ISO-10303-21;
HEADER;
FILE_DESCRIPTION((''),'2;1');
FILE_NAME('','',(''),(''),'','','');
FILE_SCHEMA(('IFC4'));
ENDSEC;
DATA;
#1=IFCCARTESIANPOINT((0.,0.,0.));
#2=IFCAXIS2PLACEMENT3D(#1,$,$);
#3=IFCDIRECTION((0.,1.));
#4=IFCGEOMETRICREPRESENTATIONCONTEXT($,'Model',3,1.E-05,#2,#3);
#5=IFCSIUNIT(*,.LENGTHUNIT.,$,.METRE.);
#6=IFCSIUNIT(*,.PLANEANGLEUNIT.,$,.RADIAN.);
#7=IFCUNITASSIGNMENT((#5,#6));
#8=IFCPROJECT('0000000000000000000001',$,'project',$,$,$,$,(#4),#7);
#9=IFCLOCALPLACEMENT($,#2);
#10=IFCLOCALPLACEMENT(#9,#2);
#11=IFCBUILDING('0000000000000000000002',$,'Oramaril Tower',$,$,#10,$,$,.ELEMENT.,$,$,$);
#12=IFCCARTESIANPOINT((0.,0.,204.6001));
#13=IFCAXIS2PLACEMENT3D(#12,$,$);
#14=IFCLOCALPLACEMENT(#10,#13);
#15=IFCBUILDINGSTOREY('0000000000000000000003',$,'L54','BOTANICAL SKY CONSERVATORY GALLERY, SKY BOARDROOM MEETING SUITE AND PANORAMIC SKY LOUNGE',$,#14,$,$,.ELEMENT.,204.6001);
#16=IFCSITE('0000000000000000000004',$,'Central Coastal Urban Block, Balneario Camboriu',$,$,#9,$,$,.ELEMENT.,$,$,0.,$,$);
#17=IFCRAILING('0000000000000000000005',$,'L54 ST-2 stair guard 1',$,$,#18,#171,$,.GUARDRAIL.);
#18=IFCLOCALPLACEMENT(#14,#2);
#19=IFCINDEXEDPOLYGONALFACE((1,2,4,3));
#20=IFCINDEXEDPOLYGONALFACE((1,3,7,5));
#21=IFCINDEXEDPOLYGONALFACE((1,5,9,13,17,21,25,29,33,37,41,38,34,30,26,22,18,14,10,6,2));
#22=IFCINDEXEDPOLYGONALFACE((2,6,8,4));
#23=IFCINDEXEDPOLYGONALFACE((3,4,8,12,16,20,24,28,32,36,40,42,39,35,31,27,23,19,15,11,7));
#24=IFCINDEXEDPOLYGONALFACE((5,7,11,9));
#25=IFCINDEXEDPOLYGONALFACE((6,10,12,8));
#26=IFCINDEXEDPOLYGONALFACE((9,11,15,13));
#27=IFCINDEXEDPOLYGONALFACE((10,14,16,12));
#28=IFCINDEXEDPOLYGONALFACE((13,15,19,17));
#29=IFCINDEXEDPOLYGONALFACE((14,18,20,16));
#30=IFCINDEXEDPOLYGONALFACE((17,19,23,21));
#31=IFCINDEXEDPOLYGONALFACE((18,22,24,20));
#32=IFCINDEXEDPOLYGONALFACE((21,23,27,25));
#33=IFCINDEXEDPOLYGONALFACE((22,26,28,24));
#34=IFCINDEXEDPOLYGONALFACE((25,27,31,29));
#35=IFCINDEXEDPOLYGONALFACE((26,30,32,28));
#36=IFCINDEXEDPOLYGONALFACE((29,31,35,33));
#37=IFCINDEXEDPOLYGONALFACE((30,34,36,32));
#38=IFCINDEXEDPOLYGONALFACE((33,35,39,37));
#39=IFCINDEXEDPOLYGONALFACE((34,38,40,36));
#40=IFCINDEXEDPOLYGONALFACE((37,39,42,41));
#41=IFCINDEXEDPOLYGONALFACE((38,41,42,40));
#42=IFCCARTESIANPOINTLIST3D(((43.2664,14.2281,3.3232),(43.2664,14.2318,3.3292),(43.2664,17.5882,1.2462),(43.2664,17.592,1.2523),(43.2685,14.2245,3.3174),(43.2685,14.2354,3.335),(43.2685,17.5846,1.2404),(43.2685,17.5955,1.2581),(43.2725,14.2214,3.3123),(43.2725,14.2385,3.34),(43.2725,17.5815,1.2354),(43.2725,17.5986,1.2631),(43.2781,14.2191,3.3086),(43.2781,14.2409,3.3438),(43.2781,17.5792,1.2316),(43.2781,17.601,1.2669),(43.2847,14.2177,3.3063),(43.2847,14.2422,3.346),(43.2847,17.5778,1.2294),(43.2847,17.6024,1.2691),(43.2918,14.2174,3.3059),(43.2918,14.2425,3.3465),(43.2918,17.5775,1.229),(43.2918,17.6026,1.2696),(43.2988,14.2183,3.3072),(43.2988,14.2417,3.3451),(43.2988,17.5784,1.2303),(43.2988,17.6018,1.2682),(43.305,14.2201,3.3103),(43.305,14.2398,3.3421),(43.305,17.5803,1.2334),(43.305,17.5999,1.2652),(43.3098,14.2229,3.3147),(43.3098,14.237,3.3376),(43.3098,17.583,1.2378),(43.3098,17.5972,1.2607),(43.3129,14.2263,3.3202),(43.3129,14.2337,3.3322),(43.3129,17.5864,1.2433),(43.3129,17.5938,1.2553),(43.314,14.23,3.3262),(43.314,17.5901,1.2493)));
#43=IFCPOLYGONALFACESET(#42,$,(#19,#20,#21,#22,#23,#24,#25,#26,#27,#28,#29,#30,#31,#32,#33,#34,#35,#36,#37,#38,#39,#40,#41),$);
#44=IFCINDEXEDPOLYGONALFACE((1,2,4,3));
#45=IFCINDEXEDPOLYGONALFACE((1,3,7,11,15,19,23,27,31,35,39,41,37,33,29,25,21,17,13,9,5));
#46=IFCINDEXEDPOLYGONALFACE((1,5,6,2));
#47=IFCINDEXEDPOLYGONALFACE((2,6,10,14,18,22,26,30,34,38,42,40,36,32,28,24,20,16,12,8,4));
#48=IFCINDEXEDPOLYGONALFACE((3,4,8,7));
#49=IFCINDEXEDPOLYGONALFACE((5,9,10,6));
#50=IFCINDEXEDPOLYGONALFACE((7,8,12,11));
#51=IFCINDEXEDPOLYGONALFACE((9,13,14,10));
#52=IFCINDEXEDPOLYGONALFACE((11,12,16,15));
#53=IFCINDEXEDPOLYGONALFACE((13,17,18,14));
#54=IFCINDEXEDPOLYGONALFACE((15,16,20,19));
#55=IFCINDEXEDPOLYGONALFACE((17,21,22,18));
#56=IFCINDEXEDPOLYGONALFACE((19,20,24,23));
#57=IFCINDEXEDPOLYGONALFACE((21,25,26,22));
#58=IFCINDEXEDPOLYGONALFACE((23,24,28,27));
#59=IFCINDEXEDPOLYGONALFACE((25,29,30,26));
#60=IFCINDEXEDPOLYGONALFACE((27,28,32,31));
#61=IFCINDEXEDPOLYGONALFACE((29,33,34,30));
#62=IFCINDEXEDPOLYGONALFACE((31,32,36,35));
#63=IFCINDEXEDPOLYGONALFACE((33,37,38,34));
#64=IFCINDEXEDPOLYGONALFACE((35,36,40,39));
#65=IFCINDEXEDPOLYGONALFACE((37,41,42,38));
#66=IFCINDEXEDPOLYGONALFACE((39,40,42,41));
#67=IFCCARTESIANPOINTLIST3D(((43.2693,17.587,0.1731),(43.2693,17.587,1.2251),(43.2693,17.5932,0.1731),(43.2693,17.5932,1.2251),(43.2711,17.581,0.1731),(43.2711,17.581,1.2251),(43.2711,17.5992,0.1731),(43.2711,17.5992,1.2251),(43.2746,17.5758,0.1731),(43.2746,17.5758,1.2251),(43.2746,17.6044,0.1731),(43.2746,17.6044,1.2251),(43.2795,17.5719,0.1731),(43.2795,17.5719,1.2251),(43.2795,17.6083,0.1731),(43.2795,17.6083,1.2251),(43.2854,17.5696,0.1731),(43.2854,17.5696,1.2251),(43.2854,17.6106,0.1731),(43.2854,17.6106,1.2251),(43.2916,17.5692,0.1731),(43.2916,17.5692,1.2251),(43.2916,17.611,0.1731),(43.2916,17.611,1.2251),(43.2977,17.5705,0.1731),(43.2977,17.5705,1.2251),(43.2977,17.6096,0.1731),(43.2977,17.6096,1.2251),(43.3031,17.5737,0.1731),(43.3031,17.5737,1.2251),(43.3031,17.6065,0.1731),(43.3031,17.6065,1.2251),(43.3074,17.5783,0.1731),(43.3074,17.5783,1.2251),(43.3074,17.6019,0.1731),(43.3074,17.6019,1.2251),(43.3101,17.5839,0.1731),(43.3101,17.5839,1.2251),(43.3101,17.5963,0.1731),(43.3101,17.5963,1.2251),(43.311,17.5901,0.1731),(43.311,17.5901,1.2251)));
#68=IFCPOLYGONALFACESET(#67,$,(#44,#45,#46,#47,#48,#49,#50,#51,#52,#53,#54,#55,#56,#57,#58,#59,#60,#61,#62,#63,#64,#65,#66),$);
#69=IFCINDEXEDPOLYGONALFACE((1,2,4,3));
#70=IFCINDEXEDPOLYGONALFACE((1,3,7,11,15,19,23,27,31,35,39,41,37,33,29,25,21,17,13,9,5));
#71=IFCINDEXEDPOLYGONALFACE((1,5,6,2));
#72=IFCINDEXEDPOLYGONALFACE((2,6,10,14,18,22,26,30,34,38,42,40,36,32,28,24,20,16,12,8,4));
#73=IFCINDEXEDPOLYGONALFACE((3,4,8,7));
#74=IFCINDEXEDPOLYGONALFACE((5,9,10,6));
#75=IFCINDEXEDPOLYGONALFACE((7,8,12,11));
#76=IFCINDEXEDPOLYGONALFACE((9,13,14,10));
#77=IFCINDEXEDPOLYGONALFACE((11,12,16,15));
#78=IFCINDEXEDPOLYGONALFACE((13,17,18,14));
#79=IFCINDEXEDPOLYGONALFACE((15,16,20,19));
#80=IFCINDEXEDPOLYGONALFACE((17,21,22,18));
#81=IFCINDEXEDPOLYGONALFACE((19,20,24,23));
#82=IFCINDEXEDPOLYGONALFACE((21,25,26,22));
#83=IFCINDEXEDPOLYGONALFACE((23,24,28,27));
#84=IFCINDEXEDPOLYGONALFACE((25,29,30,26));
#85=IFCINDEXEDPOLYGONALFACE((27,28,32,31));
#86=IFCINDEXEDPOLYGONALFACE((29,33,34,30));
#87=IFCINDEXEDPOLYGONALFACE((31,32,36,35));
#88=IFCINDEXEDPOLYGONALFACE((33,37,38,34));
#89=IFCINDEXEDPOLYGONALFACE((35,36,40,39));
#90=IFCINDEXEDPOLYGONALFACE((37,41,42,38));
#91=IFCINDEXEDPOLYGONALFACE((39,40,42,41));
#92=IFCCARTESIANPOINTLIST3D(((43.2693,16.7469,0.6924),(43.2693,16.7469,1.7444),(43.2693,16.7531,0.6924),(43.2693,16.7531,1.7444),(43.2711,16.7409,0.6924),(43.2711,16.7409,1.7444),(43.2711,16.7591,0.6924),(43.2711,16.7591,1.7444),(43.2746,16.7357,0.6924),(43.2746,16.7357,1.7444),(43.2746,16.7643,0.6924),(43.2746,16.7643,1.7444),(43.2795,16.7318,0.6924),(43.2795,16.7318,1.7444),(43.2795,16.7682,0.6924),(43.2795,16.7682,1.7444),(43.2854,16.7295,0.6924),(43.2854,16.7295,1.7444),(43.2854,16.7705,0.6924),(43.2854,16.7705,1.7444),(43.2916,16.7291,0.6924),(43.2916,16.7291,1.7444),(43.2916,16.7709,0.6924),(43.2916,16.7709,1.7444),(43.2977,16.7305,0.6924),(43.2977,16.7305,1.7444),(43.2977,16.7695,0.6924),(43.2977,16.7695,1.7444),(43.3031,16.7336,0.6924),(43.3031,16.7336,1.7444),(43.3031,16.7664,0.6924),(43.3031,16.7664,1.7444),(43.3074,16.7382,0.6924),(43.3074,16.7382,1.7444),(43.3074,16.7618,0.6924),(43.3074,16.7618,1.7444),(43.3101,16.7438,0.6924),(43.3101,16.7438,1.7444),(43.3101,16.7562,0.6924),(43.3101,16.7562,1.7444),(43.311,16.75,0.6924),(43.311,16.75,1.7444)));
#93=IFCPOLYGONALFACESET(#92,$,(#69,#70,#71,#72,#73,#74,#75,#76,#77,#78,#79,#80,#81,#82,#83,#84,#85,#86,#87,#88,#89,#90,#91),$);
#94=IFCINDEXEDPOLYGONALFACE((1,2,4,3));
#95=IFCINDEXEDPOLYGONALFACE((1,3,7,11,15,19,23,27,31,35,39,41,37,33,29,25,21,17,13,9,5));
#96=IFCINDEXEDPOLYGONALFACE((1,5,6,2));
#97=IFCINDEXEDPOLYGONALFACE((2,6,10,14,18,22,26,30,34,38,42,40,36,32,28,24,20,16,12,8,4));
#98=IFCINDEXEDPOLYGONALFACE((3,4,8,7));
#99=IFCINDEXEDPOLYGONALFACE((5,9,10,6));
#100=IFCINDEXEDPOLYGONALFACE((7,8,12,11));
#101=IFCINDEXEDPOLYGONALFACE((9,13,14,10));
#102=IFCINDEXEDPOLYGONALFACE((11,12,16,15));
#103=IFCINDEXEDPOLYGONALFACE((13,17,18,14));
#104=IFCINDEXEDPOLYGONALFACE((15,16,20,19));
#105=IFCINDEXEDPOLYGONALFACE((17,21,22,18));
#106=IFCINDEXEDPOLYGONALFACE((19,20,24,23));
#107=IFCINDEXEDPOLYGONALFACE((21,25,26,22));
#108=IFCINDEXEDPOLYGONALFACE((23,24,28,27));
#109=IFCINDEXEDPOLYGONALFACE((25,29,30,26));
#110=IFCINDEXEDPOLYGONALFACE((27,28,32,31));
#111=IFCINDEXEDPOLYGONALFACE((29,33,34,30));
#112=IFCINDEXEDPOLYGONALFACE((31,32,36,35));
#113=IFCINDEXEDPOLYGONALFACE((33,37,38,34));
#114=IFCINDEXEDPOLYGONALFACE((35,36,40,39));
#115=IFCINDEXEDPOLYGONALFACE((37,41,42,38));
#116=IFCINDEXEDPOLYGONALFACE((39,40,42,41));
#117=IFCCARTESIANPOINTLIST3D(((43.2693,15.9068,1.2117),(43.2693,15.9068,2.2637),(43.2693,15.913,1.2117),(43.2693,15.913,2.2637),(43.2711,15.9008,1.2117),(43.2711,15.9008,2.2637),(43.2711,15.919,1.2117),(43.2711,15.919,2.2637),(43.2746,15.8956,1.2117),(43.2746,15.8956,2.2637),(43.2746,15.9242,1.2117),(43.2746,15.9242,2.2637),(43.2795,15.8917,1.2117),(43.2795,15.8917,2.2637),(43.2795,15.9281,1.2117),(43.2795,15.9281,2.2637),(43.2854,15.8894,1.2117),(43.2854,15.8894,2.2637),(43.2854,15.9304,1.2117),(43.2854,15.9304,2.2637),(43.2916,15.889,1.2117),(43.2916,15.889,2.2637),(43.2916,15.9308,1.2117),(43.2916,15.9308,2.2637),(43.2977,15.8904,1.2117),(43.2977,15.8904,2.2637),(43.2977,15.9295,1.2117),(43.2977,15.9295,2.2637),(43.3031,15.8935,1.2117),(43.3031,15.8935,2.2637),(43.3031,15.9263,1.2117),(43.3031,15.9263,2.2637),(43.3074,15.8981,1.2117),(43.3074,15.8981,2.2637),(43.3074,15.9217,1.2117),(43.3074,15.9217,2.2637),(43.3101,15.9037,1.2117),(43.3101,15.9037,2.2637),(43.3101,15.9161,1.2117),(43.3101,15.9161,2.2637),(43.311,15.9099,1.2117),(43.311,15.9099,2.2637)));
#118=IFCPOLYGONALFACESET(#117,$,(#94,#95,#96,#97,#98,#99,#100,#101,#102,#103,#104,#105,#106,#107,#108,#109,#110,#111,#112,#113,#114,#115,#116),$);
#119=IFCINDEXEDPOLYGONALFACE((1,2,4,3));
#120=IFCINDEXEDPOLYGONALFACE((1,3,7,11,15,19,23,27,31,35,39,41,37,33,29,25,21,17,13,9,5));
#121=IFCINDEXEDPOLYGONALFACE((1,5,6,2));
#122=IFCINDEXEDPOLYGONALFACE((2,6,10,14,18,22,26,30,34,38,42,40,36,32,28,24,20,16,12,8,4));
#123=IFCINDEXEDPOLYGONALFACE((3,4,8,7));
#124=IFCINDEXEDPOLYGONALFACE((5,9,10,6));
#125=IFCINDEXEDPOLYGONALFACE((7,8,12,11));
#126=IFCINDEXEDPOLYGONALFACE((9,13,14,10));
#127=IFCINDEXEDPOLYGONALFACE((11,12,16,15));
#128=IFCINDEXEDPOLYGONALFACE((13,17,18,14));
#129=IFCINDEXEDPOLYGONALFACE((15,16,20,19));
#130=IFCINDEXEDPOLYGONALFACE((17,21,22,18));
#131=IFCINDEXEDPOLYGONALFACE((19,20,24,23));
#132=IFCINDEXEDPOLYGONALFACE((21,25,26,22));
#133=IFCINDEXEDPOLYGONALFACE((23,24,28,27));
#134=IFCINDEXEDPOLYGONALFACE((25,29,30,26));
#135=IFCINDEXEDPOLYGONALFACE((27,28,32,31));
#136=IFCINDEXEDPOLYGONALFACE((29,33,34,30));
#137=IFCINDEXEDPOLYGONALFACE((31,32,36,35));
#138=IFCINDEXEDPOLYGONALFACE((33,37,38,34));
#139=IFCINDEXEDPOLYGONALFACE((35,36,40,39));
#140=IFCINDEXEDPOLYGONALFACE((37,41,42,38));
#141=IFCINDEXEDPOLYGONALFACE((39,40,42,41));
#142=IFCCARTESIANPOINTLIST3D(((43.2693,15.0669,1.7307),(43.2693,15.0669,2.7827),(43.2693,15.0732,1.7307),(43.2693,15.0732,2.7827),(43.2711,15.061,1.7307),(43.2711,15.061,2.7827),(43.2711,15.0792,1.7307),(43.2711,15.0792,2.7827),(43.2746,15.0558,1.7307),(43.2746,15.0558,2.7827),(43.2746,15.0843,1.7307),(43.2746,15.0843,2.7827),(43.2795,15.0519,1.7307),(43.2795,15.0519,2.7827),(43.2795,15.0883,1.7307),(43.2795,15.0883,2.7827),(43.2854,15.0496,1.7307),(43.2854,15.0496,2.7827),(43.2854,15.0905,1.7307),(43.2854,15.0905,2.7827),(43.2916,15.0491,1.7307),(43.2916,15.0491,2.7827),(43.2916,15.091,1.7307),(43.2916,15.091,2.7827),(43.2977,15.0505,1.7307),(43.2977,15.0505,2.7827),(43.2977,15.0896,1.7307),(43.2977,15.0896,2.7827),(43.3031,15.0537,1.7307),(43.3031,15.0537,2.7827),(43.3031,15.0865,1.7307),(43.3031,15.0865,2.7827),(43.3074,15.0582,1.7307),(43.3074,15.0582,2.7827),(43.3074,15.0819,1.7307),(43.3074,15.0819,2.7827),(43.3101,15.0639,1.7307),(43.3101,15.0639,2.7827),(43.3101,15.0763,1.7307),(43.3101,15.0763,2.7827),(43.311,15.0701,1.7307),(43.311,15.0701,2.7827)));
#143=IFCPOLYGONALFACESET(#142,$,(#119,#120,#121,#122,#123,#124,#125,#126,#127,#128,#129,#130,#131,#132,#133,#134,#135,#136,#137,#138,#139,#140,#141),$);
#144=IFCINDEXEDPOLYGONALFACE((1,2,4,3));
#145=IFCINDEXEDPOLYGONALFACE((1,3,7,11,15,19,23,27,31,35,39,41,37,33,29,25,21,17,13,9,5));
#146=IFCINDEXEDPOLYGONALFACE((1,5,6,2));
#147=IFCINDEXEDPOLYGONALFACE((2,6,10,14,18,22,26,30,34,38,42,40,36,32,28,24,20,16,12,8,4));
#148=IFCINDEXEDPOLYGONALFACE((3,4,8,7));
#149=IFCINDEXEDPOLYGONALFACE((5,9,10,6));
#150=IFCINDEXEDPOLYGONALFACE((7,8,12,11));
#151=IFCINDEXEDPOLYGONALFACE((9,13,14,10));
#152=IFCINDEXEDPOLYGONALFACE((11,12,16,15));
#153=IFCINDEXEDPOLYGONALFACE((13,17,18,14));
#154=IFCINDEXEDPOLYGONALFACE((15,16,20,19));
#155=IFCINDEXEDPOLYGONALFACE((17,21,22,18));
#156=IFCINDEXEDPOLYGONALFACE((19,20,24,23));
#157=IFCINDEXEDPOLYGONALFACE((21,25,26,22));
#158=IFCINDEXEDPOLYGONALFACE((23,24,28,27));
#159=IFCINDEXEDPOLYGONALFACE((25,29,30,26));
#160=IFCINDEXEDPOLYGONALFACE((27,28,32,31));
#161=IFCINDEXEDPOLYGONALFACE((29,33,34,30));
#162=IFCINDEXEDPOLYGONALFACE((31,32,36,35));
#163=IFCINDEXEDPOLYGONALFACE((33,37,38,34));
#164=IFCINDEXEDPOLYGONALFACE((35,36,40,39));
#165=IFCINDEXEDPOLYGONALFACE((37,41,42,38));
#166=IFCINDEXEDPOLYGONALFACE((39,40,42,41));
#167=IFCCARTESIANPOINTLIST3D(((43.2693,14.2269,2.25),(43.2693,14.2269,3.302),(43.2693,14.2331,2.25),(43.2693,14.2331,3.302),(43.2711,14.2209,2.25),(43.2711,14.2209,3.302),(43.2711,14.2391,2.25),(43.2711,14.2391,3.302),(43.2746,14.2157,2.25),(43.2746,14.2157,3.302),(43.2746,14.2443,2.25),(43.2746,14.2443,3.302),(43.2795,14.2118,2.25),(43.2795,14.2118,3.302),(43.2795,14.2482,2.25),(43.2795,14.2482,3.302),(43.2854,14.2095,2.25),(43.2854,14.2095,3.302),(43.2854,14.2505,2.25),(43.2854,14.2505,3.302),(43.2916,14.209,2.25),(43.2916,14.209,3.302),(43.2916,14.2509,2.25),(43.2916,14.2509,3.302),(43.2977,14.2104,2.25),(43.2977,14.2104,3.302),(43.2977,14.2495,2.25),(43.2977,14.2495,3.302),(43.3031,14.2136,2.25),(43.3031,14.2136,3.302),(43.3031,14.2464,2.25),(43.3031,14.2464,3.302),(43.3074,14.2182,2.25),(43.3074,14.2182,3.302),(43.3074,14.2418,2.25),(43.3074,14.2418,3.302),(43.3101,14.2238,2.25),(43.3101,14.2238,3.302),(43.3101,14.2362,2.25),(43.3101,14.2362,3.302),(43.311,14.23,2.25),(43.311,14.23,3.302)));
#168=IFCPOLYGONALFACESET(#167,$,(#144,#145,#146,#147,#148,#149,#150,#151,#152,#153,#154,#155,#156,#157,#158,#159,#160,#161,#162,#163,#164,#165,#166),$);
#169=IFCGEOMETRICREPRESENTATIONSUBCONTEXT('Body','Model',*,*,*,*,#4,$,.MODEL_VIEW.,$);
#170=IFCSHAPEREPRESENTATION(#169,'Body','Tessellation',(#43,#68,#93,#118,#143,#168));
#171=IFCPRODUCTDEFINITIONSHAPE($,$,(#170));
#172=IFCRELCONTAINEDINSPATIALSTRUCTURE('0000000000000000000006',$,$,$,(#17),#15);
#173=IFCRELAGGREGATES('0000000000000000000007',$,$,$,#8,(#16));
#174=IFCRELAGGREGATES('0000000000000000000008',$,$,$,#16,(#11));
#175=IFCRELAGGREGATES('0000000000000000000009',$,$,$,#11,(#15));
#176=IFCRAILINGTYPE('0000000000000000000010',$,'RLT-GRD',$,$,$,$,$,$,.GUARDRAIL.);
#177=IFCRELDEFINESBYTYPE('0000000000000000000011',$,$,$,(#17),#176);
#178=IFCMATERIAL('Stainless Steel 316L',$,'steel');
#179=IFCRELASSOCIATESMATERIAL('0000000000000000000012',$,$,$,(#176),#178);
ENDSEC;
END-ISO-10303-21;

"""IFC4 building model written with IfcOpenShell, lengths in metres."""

from ifc_helpers import new_model, si_unit, direction, frame, origin, origin_2d, place, context, subcontext, project, spatial, circle, extrude, material, type_object, element, save


model = new_model("IFC4")

# Units and contexts
model_context = context("Model", 3, precision=1e-05, world=origin(), true_north=direction((0.0, 1.0)))
body_context = subcontext(model_context, "Body", "Model", "MODEL_VIEW")
ifc_project = project(units=[si_unit("LENGTHUNIT", "METRE"), si_unit("PLANEANGLEUNIT", "RADIAN")], contexts=[model_context])

# Site, building, storey
site_placement = place(None, origin())
site = spatial("IfcSite", under=ifc_project, at=site_placement, Name="Central Coastal Urban Block, Balneario Camboriu", CompositionType="ELEMENT", RefElevation=0.0)
building_placement = place(site_placement, origin())
building = spatial("IfcBuilding", under=site, at=building_placement, Name="Oramaril Tower", CompositionType="ELEMENT")
storey_placement = place(building_placement, frame((0.0, 0.0, 204.6001)))
storey = spatial("IfcBuildingStorey", under=building, at=storey_placement, Name="L54", Description="BOTANICAL SKY CONSERVATORY GALLERY, SKY BOARDROOM MEETING SUITE AND PANORAMIC SKY LOUNGE", CompositionType="ELEMENT", Elevation=204.6001)

# Railing
ifc_material_1 = material(Name="Stainless Steel 316L", Category="steel")
railing_type_1 = type_object("IfcRailingType", Name="RLT-GRD", PredefinedType="GUARDRAIL", material=ifc_material_1)
railing_1_placement = place(storey_placement, frame((43.29, 17.5901, 0.1731)))
element("IfcRailing", 1, at=railing_1_placement, inside=storey, type_object=railing_type_1, Name="L54 ST-2 stair guard 1", PredefinedType="GUARDRAIL", context=body_context, shape_type="SweptSolid", body=[
    extrude(circle(Radius=0.0239, at=origin_2d()), frame((0.0, 0.0, 1.0762), z_axis=(0.0, -0.850623, 0.525776), x_axis=(1.0, 0.0, 0.0)), (0.0, 0.0, 1.0), 3.9502),
    extrude(circle(Radius=0.021, at=origin_2d()), origin(), (0.0, 0.0, 1.0), 1.052),
    extrude(circle(Radius=0.021, at=origin_2d()), frame((0.0, -0.8401, 0.5193)), (0.0, 0.0, 1.0), 1.052),
    extrude(circle(Radius=0.021, at=origin_2d()), frame((0.0, -1.6802, 1.0386)), (0.0, 0.0, 1.0), 1.052),
    extrude(circle(Radius=0.021, at=origin_2d()), frame((0.0, -2.52, 1.5576)), (0.0, 0.0, 1.0), 1.052),
    extrude(circle(Radius=0.021, at=origin_2d()), frame((0.0, -3.3601, 2.0769)), (0.0, 0.0, 1.0), 1.052),
])

save(model, "model.ifc")
